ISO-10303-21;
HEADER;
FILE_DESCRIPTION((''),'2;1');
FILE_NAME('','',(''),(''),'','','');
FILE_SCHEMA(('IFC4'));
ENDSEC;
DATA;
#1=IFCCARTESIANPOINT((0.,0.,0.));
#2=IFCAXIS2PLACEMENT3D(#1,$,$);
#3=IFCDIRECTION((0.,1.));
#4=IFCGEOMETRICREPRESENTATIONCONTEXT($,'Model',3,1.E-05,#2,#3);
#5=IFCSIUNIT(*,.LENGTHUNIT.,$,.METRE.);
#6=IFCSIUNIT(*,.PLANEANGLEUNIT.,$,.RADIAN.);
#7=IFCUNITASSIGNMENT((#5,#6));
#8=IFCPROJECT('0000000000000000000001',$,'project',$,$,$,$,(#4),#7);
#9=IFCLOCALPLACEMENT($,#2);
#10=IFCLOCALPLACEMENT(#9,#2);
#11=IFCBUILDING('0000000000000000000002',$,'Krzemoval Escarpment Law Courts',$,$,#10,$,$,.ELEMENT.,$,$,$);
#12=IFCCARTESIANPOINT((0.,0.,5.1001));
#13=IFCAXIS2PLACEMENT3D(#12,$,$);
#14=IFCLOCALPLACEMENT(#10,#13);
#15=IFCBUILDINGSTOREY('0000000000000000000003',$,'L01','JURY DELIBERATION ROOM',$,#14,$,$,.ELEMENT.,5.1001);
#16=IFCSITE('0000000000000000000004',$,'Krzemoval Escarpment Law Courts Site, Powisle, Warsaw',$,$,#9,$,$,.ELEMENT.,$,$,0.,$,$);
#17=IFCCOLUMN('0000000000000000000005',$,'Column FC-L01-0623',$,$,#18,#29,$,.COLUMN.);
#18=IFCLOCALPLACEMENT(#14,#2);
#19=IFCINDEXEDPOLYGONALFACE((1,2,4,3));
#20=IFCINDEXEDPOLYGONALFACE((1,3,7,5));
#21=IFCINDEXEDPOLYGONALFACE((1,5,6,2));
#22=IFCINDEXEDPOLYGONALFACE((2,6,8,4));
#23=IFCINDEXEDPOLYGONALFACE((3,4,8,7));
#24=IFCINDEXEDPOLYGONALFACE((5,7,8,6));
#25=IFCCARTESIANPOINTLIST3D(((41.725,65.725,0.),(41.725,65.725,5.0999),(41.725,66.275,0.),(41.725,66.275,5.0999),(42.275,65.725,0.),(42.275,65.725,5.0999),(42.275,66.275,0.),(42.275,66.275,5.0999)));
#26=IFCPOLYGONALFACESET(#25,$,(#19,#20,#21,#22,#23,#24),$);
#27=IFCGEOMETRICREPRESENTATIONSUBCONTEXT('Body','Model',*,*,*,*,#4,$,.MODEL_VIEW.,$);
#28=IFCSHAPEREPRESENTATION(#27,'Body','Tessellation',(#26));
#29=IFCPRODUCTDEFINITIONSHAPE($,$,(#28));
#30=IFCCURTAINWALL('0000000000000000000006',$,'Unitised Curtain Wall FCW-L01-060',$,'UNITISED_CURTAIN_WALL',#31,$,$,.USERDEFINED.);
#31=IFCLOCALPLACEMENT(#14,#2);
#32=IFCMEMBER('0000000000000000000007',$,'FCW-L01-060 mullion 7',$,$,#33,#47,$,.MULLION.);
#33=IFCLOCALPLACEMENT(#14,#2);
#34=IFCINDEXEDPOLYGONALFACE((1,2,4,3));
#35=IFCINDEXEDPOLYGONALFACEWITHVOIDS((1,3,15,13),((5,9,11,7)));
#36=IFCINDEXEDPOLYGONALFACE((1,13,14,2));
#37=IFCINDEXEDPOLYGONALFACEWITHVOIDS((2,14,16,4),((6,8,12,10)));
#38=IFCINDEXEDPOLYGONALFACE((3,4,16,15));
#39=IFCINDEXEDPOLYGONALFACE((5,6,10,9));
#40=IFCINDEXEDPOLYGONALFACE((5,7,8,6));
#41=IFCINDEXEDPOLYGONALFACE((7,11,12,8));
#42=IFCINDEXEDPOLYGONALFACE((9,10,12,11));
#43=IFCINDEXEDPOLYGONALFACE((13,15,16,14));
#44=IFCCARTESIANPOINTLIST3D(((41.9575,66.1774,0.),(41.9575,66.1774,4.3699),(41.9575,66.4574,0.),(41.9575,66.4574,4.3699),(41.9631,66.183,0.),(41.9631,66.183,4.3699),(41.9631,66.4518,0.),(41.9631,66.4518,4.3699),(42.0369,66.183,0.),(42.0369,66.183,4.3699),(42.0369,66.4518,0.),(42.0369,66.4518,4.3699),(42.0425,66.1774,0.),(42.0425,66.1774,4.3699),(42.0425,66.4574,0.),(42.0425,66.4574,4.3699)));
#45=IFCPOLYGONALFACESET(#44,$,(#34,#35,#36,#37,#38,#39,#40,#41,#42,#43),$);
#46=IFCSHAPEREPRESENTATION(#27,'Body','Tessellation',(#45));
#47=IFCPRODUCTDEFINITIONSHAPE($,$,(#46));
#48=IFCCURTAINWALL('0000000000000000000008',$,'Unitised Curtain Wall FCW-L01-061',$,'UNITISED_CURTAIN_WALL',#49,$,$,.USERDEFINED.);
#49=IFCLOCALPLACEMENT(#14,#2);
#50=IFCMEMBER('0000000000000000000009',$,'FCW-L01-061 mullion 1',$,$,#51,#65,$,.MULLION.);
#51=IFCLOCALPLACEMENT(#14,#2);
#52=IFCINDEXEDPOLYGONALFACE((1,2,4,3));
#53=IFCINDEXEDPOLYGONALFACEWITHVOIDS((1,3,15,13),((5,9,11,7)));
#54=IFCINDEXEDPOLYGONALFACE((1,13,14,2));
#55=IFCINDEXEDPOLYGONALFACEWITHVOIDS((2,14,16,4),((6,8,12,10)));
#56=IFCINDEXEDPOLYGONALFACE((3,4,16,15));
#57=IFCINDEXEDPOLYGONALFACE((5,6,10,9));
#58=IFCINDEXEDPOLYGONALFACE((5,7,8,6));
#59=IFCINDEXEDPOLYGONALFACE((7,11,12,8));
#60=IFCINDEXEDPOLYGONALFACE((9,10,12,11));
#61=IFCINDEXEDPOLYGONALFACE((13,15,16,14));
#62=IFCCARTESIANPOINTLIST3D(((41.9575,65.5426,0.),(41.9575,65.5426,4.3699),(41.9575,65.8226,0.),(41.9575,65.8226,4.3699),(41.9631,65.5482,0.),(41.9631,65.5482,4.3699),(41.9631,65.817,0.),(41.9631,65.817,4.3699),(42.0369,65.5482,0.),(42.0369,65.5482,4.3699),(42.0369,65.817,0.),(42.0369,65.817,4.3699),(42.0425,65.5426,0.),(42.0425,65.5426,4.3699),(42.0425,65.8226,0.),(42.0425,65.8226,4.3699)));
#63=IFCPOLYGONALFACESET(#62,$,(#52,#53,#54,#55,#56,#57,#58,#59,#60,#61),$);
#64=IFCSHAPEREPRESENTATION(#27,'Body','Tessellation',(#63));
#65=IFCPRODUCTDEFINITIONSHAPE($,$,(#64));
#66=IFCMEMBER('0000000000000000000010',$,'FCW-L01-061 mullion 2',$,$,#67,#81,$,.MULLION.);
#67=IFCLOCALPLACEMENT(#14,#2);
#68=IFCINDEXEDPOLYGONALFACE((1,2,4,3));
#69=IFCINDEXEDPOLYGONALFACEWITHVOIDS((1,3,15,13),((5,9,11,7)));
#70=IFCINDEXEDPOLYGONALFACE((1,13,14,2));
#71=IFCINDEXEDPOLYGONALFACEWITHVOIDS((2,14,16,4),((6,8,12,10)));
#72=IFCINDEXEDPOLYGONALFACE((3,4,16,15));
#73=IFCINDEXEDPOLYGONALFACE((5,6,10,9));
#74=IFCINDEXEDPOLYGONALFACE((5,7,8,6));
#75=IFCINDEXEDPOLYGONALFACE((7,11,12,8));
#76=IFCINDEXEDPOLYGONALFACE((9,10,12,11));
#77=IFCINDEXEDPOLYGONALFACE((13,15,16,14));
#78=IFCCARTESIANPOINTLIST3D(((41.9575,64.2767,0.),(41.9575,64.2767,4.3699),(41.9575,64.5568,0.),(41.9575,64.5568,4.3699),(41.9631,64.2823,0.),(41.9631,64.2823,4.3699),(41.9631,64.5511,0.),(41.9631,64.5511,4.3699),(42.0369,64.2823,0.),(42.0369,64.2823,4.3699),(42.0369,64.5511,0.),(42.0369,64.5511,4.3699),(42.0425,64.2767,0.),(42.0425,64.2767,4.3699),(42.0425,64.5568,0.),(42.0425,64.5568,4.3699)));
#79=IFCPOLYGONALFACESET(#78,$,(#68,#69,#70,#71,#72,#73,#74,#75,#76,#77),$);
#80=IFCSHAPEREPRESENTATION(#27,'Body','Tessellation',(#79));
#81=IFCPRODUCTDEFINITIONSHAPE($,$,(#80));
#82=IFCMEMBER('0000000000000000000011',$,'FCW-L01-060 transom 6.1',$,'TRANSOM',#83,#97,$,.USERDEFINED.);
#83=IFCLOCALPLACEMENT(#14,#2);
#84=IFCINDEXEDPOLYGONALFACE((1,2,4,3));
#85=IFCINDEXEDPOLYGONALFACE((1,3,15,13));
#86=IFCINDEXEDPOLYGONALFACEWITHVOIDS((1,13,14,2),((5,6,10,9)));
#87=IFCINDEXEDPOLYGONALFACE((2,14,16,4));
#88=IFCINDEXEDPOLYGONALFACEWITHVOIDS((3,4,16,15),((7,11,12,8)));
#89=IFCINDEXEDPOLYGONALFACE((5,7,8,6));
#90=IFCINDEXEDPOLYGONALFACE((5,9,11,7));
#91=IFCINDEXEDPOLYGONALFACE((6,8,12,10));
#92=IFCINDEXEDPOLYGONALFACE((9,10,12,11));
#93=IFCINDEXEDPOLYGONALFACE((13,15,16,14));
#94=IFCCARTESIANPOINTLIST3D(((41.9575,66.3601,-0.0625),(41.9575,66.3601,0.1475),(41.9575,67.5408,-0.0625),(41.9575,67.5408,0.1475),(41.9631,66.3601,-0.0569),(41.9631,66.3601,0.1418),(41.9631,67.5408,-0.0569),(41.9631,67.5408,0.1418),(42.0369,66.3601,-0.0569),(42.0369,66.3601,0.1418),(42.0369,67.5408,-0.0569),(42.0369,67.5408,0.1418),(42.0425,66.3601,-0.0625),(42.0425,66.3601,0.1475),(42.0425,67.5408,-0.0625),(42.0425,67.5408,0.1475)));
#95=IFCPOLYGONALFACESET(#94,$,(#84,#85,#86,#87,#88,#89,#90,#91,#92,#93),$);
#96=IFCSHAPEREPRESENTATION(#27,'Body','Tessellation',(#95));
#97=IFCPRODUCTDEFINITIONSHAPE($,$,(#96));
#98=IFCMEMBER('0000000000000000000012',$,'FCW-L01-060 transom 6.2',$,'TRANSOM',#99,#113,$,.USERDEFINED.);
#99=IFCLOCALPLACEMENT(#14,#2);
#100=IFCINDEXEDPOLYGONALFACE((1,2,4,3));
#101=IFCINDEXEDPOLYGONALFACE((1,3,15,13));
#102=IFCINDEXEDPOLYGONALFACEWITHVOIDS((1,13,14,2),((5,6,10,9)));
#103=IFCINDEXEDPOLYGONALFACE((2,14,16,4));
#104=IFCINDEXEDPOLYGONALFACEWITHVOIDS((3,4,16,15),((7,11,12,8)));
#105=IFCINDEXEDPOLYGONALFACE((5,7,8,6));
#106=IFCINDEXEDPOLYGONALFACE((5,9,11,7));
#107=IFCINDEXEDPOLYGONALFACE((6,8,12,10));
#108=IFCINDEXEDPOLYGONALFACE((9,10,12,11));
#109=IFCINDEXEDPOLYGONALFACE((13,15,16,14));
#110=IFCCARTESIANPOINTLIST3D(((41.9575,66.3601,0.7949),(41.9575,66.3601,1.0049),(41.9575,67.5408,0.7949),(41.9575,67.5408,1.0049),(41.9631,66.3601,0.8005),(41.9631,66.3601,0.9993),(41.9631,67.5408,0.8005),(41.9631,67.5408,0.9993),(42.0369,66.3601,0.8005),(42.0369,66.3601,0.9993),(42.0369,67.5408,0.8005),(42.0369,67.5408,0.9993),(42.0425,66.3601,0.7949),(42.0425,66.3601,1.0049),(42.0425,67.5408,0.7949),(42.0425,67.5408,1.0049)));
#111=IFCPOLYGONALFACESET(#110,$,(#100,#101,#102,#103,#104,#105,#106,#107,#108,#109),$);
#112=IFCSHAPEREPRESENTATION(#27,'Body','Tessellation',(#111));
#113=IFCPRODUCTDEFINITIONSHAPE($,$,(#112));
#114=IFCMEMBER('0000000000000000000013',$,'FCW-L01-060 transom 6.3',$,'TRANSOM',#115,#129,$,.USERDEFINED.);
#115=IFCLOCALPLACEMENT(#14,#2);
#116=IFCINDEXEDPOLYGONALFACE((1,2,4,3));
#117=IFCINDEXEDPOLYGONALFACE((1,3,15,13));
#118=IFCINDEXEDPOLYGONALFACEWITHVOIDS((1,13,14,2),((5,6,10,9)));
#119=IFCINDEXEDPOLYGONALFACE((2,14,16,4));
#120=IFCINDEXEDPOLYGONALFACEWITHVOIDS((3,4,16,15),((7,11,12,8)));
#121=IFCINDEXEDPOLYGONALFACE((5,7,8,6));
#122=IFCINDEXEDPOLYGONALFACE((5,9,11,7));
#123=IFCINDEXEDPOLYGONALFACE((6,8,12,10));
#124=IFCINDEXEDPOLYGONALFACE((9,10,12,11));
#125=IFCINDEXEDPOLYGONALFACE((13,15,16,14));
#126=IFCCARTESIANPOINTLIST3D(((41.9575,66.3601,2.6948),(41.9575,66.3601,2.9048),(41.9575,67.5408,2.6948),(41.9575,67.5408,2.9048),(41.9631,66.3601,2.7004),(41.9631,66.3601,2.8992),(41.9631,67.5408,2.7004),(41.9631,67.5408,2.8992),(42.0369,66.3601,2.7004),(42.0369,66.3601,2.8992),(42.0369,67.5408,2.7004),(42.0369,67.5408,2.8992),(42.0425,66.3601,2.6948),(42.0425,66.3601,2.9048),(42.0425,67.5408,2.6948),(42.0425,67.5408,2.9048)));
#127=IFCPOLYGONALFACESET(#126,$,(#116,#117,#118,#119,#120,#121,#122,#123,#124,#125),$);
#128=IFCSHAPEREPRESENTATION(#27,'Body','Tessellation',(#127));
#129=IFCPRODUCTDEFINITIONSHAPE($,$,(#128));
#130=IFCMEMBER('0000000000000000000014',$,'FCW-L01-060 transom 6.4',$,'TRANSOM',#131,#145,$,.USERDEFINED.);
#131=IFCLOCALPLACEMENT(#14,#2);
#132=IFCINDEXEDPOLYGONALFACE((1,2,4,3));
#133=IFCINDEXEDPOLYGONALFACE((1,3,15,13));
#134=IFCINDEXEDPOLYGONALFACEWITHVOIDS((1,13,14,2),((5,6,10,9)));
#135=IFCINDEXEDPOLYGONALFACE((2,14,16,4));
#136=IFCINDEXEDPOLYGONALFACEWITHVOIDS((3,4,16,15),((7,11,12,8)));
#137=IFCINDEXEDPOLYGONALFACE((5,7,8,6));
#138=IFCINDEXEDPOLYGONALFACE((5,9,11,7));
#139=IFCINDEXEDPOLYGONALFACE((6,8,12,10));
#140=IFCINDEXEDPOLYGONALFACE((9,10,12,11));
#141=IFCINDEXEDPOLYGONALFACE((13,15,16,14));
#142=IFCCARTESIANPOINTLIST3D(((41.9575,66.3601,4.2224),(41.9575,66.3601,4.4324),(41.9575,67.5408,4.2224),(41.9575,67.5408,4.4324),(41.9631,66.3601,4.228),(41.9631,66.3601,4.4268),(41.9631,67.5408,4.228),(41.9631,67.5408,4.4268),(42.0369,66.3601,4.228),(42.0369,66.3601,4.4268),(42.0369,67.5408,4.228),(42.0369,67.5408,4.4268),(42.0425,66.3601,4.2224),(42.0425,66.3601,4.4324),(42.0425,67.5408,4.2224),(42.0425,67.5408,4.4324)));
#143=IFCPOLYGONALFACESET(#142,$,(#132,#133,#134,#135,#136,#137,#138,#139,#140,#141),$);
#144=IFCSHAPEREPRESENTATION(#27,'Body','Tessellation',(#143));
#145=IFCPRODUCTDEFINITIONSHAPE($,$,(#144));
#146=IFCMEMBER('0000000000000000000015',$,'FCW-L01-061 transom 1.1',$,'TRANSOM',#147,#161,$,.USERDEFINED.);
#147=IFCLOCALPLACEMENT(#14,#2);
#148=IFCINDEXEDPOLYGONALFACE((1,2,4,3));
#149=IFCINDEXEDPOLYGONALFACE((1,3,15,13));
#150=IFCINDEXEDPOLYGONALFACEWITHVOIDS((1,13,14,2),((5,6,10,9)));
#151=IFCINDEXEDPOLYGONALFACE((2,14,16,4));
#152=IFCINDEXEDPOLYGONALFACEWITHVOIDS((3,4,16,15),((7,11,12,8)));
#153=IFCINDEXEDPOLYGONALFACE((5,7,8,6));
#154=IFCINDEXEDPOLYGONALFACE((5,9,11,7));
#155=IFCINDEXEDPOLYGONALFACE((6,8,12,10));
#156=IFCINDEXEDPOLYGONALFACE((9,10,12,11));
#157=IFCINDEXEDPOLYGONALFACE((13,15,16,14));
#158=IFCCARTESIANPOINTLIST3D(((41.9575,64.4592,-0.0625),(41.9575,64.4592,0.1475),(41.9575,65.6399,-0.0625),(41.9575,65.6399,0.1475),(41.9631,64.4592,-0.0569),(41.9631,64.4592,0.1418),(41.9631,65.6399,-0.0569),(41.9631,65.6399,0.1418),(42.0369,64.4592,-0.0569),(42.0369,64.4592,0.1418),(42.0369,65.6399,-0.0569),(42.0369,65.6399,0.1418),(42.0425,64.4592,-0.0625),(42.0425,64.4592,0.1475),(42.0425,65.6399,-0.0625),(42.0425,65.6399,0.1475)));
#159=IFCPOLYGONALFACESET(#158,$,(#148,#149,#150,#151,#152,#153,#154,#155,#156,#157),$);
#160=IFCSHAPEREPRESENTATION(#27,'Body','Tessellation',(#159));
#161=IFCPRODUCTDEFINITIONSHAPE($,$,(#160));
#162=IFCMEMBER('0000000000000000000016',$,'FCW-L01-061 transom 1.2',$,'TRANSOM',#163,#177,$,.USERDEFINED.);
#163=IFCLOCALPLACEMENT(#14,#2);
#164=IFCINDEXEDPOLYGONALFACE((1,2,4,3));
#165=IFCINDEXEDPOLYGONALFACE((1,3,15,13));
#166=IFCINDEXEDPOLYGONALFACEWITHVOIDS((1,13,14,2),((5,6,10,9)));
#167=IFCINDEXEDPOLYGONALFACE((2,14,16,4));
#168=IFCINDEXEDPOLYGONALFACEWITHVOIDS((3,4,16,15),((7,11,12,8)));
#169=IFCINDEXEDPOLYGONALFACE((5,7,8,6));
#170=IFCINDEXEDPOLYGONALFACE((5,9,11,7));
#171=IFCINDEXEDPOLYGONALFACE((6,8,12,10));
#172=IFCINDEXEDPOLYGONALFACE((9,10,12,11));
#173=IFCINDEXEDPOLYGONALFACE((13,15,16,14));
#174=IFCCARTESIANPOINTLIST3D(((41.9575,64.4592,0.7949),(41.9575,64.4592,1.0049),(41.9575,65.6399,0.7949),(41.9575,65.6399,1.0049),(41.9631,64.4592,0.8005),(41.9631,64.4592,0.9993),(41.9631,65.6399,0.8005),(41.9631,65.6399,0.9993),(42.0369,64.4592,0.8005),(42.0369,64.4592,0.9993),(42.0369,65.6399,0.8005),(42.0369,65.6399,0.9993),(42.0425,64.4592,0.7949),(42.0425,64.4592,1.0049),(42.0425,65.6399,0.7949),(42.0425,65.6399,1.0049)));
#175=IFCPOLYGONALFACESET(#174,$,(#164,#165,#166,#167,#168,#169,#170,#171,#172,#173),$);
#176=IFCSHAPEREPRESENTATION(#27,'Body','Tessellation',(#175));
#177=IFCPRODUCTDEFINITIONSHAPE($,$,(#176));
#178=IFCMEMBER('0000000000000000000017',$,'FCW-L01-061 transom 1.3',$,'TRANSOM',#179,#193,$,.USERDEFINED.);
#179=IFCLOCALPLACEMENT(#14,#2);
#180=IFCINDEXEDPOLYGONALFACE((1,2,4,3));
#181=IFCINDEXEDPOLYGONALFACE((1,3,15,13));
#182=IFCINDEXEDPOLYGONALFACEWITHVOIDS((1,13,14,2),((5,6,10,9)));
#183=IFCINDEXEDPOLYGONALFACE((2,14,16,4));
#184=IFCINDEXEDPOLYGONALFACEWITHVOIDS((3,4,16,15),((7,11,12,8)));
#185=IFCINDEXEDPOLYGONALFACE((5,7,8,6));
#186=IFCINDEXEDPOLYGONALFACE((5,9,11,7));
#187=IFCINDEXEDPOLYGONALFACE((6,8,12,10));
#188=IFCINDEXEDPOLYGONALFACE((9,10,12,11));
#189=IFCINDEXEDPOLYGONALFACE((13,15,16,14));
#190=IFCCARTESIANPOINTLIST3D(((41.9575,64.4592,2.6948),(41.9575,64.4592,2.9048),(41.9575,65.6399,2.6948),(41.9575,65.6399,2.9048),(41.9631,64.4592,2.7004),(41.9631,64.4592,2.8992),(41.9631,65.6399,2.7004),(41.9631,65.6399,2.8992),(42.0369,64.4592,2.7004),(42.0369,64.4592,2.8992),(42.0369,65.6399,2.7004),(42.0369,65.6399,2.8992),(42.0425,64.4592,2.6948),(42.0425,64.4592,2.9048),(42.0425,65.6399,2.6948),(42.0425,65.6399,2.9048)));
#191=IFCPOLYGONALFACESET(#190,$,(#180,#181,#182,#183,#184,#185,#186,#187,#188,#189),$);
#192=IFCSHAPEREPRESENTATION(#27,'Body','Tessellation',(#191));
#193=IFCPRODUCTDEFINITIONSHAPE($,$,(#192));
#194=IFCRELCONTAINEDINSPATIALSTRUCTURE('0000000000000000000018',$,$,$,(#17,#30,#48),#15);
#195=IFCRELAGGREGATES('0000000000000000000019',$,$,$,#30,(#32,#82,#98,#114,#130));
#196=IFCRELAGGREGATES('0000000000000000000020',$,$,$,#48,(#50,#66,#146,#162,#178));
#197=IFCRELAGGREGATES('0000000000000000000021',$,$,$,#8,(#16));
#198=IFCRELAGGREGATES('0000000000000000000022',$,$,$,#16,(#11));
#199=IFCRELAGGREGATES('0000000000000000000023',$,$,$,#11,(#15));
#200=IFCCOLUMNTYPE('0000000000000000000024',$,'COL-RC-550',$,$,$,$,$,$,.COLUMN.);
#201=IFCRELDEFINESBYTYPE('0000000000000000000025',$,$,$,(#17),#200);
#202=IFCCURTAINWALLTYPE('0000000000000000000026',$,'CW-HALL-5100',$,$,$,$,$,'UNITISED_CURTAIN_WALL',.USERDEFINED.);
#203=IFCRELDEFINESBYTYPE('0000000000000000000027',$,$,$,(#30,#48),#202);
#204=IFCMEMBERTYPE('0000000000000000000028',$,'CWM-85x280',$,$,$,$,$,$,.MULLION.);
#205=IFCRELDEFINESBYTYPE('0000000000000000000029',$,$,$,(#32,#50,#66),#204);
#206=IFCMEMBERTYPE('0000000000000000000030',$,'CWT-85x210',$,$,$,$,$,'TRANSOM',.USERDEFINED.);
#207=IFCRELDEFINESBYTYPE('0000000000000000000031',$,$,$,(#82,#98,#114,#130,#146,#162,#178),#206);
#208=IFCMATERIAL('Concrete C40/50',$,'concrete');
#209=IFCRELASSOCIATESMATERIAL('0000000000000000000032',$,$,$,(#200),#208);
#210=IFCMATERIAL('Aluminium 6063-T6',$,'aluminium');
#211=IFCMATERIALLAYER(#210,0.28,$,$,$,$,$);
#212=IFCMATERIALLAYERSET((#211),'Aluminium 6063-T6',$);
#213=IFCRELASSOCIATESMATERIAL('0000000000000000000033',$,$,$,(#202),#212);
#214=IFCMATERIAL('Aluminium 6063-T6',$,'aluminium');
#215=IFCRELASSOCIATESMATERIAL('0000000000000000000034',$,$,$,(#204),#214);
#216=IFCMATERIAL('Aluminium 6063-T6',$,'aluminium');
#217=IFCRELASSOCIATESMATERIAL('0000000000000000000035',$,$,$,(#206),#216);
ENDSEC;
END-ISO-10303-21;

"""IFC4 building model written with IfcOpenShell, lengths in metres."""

from ifc_helpers import new_model, si_unit, direction, frame, origin, origin_2d, place, context, subcontext, project, spatial, rectangle, hollow_rectangle, extrude, material, layer, layer_set, material_profile, profile_set, type_object, element, aggregate, save


model = new_model("IFC4")

# Units and contexts
model_context = context("Model", 3, precision=1e-05, world=origin(), true_north=direction((0.0, 1.0)))
body_context = subcontext(model_context, "Body", "Model", "MODEL_VIEW")
ifc_project = project(units=[si_unit("LENGTHUNIT", "METRE"), si_unit("PLANEANGLEUNIT", "RADIAN")], contexts=[model_context])

# Site, building, storey
site_placement = place(None, origin())
site = spatial("IfcSite", under=ifc_project, at=site_placement, Name="Krzemoval Escarpment Law Courts Site, Powisle, Warsaw", CompositionType="ELEMENT", RefElevation=0.0)
building_placement = place(site_placement, origin())
building = spatial("IfcBuilding", under=site, at=building_placement, Name="Krzemoval Escarpment Law Courts", CompositionType="ELEMENT")
storey_placement = place(building_placement, frame((0.0, 0.0, 5.1001)))
storey = spatial("IfcBuildingStorey", under=building, at=storey_placement, Name="L01", Description="JURY DELIBERATION ROOM", CompositionType="ELEMENT", Elevation=5.1001)

# Column
ifc_material_1 = material(Name="Concrete C40/50", Category="concrete")
ifc_material_profile_1 = material_profile(ifc_material_1, rectangle(XDim=0.55, YDim=0.55, at=origin_2d()), Name="RC 550x550")
ifc_profile_set_1 = profile_set([ifc_material_profile_1], Name="Concrete C40/50")
column_type = type_object("IfcColumnType", Name="COL-RC-550", PredefinedType="COLUMN", material=ifc_profile_set_1)
column_placement = place(storey_placement, frame((42.0, 66.0, 0.0), z_axis=(0.0, 0.0, 1.0), x_axis=(1.0, 0.0, 0.0)))
element("IfcColumn", 1, at=column_placement, inside=storey, type_object=column_type, Name="Column FC-L01-0623", PredefinedType="COLUMN", context=body_context, shape_type="SweptSolid", body=[
    extrude(rectangle(XDim=0.55, YDim=0.55, at=origin_2d()), origin(), (0.0, 0.0, 1.0), 5.0999),
])

# Curtain wall, member
ifc_material_2 = material(Name="Aluminium 6063-T6", Category="aluminium")
ifc_layer_1 = layer(ifc_material_2, 0.28)
ifc_layer_set_1 = layer_set([ifc_layer_1], Name="Aluminium 6063-T6")
curtain_wall_type = type_object("IfcCurtainWallType", Name="CW-HALL-5100", ElementType="UNITISED_CURTAIN_WALL", PredefinedType="USERDEFINED", material=ifc_layer_set_1)
curtain_wall_1_placement = place(storey_placement, origin())
curtain_wall_1 = element("IfcCurtainWall", 2, at=curtain_wall_1_placement, inside=storey, type_object=curtain_wall_type, Name="Unitised Curtain Wall FCW-L01-060", ObjectType="UNITISED_CURTAIN_WALL", PredefinedType="USERDEFINED")
ifc_material_3 = material(Name="Aluminium 6063-T6", Category="aluminium")
ifc_material_profile_2 = material_profile(ifc_material_3, hollow_rectangle(XDim=0.085, YDim=0.28, WallThickness=0.0056, at=origin_2d()), Name="ALU M85x280")
ifc_profile_set_2 = profile_set([ifc_material_profile_2], Name="Aluminium 6063-T6")
member_type_1 = type_object("IfcMemberType", Name="CWM-85x280", PredefinedType="MULLION", material=ifc_profile_set_2)
member_1_placement = place(storey_placement, frame((42.0, 66.3174, 0.0), z_axis=(0.0, 0.0, 1.0), x_axis=(1.0, 0.0, 0.0)))
member_1 = element("IfcMember", 3, at=member_1_placement, type_object=member_type_1, Name="FCW-L01-060 mullion 7", PredefinedType="MULLION", context=body_context, shape_type="SweptSolid", body=[
    extrude(hollow_rectangle(XDim=0.085, YDim=0.28, WallThickness=0.0056, at=origin_2d()), origin(), (0.0, 0.0, 1.0), 4.3699),
])

# Curtain wall, members
curtain_wall_2_placement = place(storey_placement, origin())
curtain_wall_2 = element("IfcCurtainWall", 4, at=curtain_wall_2_placement, inside=storey, type_object=curtain_wall_type, Name="Unitised Curtain Wall FCW-L01-061", ObjectType="UNITISED_CURTAIN_WALL", PredefinedType="USERDEFINED")
member_2_placement = place(storey_placement, frame((42.0, 65.6826, 0.0), z_axis=(0.0, 0.0, 1.0), x_axis=(1.0, 0.0, 0.0)))
member_2 = element("IfcMember", 5, at=member_2_placement, type_object=member_type_1, Name="FCW-L01-061 mullion 1", PredefinedType="MULLION", context=body_context, shape_type="SweptSolid", body=[
    extrude(hollow_rectangle(XDim=0.085, YDim=0.28, WallThickness=0.0056, at=origin_2d()), origin(), (0.0, 0.0, 1.0), 4.3699),
])
member_3_placement = place(storey_placement, frame((42.0, 64.4167, 0.0), z_axis=(0.0, 0.0, 1.0), x_axis=(1.0, 0.0, 0.0)))
member_3 = element("IfcMember", 6, at=member_3_placement, type_object=member_type_1, Name="FCW-L01-061 mullion 2", PredefinedType="MULLION", context=body_context, shape_type="SweptSolid", body=[
    extrude(hollow_rectangle(XDim=0.085, YDim=0.28, WallThickness=0.0056, at=origin_2d()), origin(), (0.0, 0.0, 1.0), 4.3699),
])

# Members
ifc_material_4 = material(Name="Aluminium 6063-T6", Category="aluminium")
ifc_material_profile_3 = material_profile(ifc_material_4, hollow_rectangle(XDim=0.085, YDim=0.21, WallThickness=0.0056, at=origin_2d()), Name="ALU T85x210")
ifc_profile_set_3 = profile_set([ifc_material_profile_3], Name="Aluminium 6063-T6")
member_type_2 = type_object("IfcMemberType", Name="CWT-85x210", ElementType="TRANSOM", PredefinedType="USERDEFINED", material=ifc_profile_set_3)
member_4_placement = place(storey_placement, frame((42.0, 67.5408, 0.0425), z_axis=(0.0, -1.0, 0.0), x_axis=(1.0, 0.0, 0.0)))
member_4 = element("IfcMember", 7, at=member_4_placement, type_object=member_type_2, Name="FCW-L01-060 transom 6.1", ObjectType="TRANSOM", PredefinedType="USERDEFINED", context=body_context, shape_type="SweptSolid", body=[
    extrude(hollow_rectangle(XDim=0.085, YDim=0.21, WallThickness=0.0056, at=origin_2d()), origin(), (0.0, 0.0, 1.0), 1.1807),
])
member_5_placement = place(storey_placement, frame((42.0, 67.5408, 0.8999), z_axis=(0.0, -1.0, 0.0), x_axis=(1.0, 0.0, 0.0)))
member_5 = element("IfcMember", 8, at=member_5_placement, type_object=member_type_2, Name="FCW-L01-060 transom 6.2", ObjectType="TRANSOM", PredefinedType="USERDEFINED", context=body_context, shape_type="SweptSolid", body=[
    extrude(hollow_rectangle(XDim=0.085, YDim=0.21, WallThickness=0.0056, at=origin_2d()), origin(), (0.0, 0.0, 1.0), 1.1807),
])
member_6_placement = place(storey_placement, frame((42.0, 67.5408, 2.7998), z_axis=(0.0, -1.0, 0.0), x_axis=(1.0, 0.0, 0.0)))
member_6 = element("IfcMember", 9, at=member_6_placement, type_object=member_type_2, Name="FCW-L01-060 transom 6.3", ObjectType="TRANSOM", PredefinedType="USERDEFINED", context=body_context, shape_type="SweptSolid", body=[
    extrude(hollow_rectangle(XDim=0.085, YDim=0.21, WallThickness=0.0056, at=origin_2d()), origin(), (0.0, 0.0, 1.0), 1.1807),
])
member_7_placement = place(storey_placement, frame((42.0, 67.5408, 4.3274), z_axis=(0.0, -1.0, 0.0), x_axis=(1.0, 0.0, 0.0)))
member_7 = element("IfcMember", 10, at=member_7_placement, type_object=member_type_2, Name="FCW-L01-060 transom 6.4", ObjectType="TRANSOM", PredefinedType="USERDEFINED", context=body_context, shape_type="SweptSolid", body=[
    extrude(hollow_rectangle(XDim=0.085, YDim=0.21, WallThickness=0.0056, at=origin_2d()), origin(), (0.0, 0.0, 1.0), 1.1807),
])
member_8_placement = place(storey_placement, frame((42.0, 65.6399, 0.0425), z_axis=(0.0, -1.0, 0.0), x_axis=(1.0, 0.0, 0.0)))
member_8 = element("IfcMember", 11, at=member_8_placement, type_object=member_type_2, Name="FCW-L01-061 transom 1.1", ObjectType="TRANSOM", PredefinedType="USERDEFINED", context=body_context, shape_type="SweptSolid", body=[
    extrude(hollow_rectangle(XDim=0.085, YDim=0.21, WallThickness=0.0056, at=origin_2d()), origin(), (0.0, 0.0, 1.0), 1.1807),
])
member_9_placement = place(storey_placement, frame((42.0, 65.6399, 0.8999), z_axis=(0.0, -1.0, 0.0), x_axis=(1.0, 0.0, 0.0)))
member_9 = element("IfcMember", 12, at=member_9_placement, type_object=member_type_2, Name="FCW-L01-061 transom 1.2", ObjectType="TRANSOM", PredefinedType="USERDEFINED", context=body_context, shape_type="SweptSolid", body=[
    extrude(hollow_rectangle(XDim=0.085, YDim=0.21, WallThickness=0.0056, at=origin_2d()), origin(), (0.0, 0.0, 1.0), 1.1807),
])
member_10_placement = place(storey_placement, frame((42.0, 65.6399, 2.7998), z_axis=(0.0, -1.0, 0.0), x_axis=(1.0, 0.0, 0.0)))
member_10 = element("IfcMember", 13, at=member_10_placement, type_object=member_type_2, Name="FCW-L01-061 transom 1.3", ObjectType="TRANSOM", PredefinedType="USERDEFINED", context=body_context, shape_type="SweptSolid", body=[
    extrude(hollow_rectangle(XDim=0.085, YDim=0.21, WallThickness=0.0056, at=origin_2d()), origin(), (0.0, 0.0, 1.0), 1.1807),
])

aggregate(curtain_wall_1, [member_1, member_4, member_5, member_6, member_7])
aggregate(curtain_wall_2, [member_2, member_3, member_8, member_9, member_10])

save(model, "model.ifc")
